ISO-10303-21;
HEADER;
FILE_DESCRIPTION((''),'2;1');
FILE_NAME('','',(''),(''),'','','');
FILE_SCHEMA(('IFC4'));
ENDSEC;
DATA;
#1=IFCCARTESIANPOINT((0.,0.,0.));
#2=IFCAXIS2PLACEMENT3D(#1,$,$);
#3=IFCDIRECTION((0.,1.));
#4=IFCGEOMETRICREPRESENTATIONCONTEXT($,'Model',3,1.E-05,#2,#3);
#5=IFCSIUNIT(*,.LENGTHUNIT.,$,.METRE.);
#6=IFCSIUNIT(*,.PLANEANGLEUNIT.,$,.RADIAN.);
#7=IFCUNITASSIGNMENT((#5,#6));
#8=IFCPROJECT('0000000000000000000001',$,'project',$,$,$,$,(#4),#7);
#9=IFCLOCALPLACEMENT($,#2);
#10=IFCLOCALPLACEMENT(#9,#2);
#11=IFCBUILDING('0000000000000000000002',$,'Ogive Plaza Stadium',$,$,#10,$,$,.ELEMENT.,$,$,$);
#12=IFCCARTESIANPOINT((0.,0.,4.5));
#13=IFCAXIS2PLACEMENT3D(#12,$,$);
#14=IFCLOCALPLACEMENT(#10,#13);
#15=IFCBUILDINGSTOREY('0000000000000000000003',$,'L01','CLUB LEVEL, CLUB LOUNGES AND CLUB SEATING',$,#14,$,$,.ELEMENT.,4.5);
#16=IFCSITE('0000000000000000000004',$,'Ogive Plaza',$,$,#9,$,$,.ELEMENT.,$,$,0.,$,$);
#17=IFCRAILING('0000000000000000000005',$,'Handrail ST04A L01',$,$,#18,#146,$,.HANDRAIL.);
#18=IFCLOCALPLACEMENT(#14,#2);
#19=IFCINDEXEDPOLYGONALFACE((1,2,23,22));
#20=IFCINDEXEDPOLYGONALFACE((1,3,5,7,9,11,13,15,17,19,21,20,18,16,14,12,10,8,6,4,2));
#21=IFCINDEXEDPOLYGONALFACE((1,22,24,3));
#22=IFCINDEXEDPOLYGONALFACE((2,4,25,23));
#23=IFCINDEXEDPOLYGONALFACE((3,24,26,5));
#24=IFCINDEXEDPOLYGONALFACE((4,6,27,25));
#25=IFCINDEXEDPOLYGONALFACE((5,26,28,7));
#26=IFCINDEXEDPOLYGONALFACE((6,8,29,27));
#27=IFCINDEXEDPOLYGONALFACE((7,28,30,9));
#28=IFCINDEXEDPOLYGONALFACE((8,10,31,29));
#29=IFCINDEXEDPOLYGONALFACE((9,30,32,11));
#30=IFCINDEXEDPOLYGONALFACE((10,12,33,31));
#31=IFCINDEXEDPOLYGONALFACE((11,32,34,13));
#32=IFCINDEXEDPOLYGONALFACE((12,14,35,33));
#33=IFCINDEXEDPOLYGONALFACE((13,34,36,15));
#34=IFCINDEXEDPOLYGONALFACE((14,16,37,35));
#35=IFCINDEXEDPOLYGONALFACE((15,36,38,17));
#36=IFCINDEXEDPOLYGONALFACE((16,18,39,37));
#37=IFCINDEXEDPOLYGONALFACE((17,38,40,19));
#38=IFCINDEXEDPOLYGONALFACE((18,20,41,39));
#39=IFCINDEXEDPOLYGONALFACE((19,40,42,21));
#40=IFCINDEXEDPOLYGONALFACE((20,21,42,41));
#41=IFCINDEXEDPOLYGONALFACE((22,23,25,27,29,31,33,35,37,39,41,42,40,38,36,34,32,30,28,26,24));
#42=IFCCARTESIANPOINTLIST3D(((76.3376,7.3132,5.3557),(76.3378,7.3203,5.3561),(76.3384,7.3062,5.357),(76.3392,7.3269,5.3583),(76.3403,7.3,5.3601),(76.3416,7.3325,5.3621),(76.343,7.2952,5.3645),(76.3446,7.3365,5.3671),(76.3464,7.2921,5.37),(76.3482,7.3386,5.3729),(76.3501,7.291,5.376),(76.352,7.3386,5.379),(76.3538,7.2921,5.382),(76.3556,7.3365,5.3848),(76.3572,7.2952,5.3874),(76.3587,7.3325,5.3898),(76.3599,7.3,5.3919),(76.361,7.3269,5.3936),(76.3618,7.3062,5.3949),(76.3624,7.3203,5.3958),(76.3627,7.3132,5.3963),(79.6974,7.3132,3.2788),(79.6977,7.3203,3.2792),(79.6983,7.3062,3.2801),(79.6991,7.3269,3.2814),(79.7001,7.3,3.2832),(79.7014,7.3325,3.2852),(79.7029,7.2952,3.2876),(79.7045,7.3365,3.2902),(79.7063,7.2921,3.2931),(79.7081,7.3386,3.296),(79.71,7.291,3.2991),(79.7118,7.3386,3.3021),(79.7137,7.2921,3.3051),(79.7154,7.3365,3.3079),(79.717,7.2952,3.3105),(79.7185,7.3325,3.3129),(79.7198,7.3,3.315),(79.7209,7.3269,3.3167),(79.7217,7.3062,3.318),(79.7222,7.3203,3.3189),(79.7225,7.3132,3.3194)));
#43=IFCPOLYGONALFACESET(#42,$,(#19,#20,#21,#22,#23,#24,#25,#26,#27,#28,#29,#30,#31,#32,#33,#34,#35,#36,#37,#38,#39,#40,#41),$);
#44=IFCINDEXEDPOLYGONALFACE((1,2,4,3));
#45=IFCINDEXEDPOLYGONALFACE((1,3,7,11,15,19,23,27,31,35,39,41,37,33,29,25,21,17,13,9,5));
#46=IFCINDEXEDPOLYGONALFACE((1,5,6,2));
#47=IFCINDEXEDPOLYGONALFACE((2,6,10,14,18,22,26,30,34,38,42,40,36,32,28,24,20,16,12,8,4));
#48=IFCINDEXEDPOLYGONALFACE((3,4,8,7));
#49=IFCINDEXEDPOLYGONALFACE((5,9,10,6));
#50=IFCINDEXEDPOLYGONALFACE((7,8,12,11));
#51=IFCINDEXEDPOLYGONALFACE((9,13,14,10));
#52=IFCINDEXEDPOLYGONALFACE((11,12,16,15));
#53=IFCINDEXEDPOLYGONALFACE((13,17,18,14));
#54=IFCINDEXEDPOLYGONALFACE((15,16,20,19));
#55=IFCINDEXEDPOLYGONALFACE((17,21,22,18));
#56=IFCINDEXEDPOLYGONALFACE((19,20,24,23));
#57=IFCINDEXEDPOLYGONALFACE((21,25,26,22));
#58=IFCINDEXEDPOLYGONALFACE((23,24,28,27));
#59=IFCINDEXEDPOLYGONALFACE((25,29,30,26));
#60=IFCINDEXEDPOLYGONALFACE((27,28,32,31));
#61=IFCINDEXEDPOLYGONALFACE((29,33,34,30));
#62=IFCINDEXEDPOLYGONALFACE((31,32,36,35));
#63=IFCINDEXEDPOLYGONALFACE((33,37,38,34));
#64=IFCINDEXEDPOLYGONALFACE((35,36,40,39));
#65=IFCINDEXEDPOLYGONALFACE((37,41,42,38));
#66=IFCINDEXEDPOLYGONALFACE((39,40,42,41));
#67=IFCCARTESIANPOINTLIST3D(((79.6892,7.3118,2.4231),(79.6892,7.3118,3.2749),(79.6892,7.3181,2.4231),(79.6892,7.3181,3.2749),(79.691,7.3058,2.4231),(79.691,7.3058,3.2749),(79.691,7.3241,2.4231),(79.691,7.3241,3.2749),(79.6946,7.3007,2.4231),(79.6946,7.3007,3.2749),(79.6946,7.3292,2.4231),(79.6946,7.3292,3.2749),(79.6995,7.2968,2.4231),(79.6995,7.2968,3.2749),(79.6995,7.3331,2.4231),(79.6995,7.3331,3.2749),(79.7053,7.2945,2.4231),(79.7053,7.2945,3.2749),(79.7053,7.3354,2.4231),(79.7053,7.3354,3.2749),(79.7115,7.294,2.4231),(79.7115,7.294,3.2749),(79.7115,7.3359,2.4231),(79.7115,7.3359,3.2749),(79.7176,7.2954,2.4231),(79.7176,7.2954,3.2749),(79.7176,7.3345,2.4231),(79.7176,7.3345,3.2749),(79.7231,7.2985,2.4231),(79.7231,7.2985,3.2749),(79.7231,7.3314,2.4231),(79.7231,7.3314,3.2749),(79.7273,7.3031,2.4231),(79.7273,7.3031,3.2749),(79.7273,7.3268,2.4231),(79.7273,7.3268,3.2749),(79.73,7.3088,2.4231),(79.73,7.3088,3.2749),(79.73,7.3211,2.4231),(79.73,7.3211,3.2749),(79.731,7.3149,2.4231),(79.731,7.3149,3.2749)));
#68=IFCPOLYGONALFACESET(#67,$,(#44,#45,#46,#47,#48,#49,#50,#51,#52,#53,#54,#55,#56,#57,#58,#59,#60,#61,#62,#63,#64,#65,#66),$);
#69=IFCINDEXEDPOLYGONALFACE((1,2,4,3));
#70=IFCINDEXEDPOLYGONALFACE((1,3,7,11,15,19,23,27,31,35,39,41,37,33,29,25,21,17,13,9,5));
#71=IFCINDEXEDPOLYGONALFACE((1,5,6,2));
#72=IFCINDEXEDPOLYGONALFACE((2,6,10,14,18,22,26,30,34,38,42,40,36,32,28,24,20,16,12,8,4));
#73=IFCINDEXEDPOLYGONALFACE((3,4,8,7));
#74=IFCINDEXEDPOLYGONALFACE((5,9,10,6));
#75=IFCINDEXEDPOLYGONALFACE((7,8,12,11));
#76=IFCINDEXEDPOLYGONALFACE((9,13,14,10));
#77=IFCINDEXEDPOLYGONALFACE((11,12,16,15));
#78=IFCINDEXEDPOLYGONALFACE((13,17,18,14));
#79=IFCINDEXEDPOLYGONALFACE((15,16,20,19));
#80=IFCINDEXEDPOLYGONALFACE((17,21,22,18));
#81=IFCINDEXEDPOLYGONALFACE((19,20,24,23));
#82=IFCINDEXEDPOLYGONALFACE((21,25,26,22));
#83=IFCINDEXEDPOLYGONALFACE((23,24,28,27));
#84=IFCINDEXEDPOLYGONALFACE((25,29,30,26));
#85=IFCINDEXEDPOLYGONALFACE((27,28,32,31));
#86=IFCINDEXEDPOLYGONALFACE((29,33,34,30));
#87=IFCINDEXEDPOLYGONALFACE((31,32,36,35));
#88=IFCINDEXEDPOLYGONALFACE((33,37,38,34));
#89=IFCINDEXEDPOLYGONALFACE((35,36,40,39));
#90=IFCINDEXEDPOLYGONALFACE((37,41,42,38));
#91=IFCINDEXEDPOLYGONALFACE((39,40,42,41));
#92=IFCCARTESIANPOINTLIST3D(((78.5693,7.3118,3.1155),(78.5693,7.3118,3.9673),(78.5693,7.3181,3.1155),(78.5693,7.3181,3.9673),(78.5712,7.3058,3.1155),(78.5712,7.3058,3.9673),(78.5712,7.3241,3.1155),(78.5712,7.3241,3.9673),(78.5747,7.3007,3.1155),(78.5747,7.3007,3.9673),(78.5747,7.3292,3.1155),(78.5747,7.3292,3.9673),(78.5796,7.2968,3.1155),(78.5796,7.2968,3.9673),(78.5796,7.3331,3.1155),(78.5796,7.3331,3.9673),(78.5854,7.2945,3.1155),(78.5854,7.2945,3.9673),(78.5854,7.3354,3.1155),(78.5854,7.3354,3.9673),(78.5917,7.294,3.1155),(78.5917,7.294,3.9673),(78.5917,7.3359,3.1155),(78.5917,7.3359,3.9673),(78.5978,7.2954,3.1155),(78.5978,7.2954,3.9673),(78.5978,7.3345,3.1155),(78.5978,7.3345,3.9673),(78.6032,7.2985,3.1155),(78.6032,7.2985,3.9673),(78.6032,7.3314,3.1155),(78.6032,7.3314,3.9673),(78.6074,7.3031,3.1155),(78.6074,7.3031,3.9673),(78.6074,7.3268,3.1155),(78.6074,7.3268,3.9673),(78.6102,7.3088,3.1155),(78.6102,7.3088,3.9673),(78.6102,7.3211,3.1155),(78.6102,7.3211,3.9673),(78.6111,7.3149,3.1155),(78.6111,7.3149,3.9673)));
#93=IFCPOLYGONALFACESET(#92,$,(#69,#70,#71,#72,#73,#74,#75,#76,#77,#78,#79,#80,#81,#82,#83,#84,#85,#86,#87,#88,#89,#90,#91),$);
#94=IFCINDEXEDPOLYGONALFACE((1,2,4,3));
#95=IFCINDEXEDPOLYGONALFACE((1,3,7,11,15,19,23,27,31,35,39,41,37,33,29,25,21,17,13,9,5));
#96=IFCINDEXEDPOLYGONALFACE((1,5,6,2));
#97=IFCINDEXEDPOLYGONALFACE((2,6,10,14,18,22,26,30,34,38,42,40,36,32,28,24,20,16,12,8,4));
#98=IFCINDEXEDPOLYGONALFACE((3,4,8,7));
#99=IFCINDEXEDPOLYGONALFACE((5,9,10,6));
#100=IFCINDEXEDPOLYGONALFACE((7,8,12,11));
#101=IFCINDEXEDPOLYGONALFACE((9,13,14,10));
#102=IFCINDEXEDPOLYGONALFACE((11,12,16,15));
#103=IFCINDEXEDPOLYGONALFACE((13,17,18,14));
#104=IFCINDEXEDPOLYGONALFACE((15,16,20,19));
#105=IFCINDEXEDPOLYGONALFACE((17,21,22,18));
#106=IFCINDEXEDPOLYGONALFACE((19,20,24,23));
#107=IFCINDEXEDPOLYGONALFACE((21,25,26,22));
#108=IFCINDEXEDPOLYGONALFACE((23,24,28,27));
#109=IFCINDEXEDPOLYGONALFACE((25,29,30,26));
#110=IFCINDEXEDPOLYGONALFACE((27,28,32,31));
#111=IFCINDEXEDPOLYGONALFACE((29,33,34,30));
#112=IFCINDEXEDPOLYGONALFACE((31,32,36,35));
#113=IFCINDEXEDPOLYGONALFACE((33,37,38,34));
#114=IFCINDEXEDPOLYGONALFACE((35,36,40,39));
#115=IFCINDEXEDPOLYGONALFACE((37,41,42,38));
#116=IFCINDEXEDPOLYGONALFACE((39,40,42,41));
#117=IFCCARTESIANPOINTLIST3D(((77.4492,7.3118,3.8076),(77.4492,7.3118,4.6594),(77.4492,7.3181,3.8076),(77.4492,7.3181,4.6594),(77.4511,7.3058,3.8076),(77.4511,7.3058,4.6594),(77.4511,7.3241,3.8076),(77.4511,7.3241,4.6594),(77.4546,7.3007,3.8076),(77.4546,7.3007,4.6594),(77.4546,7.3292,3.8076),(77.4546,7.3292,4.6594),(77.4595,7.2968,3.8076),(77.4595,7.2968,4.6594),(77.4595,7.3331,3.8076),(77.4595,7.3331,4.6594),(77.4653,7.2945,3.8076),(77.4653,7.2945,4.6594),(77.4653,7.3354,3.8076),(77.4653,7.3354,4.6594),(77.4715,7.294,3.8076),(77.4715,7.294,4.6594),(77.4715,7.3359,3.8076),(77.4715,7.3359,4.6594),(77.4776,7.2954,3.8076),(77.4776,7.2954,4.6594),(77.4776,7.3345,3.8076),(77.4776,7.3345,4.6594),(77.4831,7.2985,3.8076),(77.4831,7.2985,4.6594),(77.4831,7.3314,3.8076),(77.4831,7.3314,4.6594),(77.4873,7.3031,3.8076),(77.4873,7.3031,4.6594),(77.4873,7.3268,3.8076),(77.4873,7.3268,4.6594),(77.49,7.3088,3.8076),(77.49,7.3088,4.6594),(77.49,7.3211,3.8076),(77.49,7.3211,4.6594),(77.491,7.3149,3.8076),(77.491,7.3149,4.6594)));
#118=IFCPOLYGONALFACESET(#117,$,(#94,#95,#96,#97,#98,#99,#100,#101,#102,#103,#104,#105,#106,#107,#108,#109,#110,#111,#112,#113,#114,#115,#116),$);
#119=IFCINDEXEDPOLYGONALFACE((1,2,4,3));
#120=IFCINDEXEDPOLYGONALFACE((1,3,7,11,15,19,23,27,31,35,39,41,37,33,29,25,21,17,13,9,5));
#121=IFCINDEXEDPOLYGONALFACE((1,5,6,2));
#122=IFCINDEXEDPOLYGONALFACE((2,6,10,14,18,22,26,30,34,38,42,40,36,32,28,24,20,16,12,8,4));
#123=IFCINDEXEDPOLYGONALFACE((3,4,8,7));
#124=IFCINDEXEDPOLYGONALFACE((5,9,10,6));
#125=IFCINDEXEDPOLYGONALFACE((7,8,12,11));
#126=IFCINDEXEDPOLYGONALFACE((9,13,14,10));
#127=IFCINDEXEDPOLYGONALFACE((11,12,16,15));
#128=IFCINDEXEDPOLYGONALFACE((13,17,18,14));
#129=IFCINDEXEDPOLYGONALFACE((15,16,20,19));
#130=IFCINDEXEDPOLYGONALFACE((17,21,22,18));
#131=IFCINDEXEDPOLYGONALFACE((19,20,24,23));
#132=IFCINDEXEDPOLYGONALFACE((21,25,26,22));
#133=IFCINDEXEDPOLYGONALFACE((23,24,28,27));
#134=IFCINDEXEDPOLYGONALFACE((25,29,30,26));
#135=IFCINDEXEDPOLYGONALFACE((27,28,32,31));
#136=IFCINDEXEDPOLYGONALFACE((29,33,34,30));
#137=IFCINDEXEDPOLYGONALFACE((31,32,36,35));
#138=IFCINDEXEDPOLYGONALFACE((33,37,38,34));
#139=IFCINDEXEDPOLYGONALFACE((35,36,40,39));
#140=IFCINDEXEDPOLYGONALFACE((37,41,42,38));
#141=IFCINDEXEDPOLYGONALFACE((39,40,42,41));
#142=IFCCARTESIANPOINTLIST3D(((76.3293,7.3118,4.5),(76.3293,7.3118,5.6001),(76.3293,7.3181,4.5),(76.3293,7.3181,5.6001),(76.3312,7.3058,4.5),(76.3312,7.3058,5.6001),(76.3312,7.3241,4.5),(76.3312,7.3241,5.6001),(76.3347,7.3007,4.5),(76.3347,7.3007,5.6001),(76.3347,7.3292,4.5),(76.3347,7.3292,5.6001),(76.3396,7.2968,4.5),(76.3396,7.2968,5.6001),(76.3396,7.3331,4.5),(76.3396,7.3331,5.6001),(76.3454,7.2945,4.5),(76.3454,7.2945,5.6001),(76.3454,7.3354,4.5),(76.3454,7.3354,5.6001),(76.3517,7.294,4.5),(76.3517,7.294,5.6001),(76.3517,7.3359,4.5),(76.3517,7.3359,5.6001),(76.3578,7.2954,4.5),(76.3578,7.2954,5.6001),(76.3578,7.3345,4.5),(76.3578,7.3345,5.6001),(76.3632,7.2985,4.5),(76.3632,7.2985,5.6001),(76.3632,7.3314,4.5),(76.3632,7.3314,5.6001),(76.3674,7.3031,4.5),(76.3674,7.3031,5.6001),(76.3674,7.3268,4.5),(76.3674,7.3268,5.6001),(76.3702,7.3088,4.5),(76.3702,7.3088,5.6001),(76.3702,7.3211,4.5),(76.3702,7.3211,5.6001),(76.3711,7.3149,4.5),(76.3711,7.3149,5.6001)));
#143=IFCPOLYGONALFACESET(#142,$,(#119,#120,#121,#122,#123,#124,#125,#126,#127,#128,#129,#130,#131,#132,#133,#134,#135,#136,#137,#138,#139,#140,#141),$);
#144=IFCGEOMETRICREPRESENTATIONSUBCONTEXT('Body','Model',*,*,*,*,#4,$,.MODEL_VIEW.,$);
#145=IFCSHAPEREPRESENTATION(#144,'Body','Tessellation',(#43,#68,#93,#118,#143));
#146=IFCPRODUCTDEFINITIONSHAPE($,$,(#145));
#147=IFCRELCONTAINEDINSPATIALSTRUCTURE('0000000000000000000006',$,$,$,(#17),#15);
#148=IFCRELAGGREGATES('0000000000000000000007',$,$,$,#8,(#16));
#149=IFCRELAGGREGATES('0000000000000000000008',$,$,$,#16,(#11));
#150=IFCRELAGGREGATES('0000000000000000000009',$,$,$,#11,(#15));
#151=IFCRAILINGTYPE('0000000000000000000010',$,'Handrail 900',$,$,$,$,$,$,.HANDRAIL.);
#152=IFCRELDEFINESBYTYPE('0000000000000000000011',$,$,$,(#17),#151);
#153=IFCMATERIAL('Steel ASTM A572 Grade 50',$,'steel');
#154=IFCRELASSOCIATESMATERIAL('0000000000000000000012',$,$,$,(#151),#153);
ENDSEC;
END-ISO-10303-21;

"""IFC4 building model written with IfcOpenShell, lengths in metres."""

from ifc_helpers import new_model, si_unit, direction, frame, origin, origin_2d, place, context, subcontext, project, spatial, circle, extrude, material, type_object, element, save


model = new_model("IFC4")

# Units and contexts
model_context = context("Model", 3, precision=1e-05, world=origin(), true_north=direction((0.0, 1.0)))
body_context = subcontext(model_context, "Body", "Model", "MODEL_VIEW")
ifc_project = project(units=[si_unit("LENGTHUNIT", "METRE"), si_unit("PLANEANGLEUNIT", "RADIAN")], contexts=[model_context])

# Site, building, storey
site_placement = place(None, origin())
site = spatial("IfcSite", under=ifc_project, at=site_placement, Name="Ogive Plaza", CompositionType="ELEMENT", RefElevation=0.0)
building_placement = place(site_placement, origin())
building = spatial("IfcBuilding", under=site, at=building_placement, Name="Ogive Plaza Stadium", CompositionType="ELEMENT")
storey_placement = place(building_placement, frame((0.0, 0.0, 4.5)))
storey = spatial("IfcBuildingStorey", under=building, at=storey_placement, Name="L01", Description="CLUB LEVEL, CLUB LOUNGES AND CLUB SEATING", CompositionType="ELEMENT", Elevation=4.5)

# Railing
ifc_material_1 = material(Name="Steel ASTM A572 Grade 50", Category="steel")
railing_type_1 = type_object("IfcRailingType", Name="Handrail 900", PredefinedType="HANDRAIL", material=ifc_material_1)
for number, where, name in (
    (1, (79.71, 7.3149, 2.4231), "Handrail ST04A L01"),
):
    element("IfcRailing", number, at=place(storey_placement, frame(where)), inside=storey, type_object=railing_type_1, Name=name, PredefinedType="HANDRAIL", context=body_context, shape_type="SweptSolid", body=[
        extrude(circle(Radius=0.0239, at=origin_2d()), frame((0.0, 0.0, 0.876), z_axis=(-0.850606, 0.0, 0.525803), x_axis=(0.0, -1.0, 0.0)), (0.0, 0.0, 1.0), 3.95),
        extrude(circle(Radius=0.021, at=origin_2d()), origin(), (0.0, 0.0, 1.0), 0.8518),
        extrude(circle(Radius=0.021, at=origin_2d()), frame((-1.1199, 0.0, 0.6924)), (0.0, 0.0, 1.0), 0.8518),
        extrude(circle(Radius=0.021, at=origin_2d()), frame((-2.24, 0.0, 1.3845)), (0.0, 0.0, 1.0), 0.8518),
        extrude(circle(Radius=0.021, at=origin_2d()), frame((-3.3599, 0.0, 2.0769)), (0.0, 0.0, 1.0), 1.1001),
    ])

save(model, "model.ifc")
